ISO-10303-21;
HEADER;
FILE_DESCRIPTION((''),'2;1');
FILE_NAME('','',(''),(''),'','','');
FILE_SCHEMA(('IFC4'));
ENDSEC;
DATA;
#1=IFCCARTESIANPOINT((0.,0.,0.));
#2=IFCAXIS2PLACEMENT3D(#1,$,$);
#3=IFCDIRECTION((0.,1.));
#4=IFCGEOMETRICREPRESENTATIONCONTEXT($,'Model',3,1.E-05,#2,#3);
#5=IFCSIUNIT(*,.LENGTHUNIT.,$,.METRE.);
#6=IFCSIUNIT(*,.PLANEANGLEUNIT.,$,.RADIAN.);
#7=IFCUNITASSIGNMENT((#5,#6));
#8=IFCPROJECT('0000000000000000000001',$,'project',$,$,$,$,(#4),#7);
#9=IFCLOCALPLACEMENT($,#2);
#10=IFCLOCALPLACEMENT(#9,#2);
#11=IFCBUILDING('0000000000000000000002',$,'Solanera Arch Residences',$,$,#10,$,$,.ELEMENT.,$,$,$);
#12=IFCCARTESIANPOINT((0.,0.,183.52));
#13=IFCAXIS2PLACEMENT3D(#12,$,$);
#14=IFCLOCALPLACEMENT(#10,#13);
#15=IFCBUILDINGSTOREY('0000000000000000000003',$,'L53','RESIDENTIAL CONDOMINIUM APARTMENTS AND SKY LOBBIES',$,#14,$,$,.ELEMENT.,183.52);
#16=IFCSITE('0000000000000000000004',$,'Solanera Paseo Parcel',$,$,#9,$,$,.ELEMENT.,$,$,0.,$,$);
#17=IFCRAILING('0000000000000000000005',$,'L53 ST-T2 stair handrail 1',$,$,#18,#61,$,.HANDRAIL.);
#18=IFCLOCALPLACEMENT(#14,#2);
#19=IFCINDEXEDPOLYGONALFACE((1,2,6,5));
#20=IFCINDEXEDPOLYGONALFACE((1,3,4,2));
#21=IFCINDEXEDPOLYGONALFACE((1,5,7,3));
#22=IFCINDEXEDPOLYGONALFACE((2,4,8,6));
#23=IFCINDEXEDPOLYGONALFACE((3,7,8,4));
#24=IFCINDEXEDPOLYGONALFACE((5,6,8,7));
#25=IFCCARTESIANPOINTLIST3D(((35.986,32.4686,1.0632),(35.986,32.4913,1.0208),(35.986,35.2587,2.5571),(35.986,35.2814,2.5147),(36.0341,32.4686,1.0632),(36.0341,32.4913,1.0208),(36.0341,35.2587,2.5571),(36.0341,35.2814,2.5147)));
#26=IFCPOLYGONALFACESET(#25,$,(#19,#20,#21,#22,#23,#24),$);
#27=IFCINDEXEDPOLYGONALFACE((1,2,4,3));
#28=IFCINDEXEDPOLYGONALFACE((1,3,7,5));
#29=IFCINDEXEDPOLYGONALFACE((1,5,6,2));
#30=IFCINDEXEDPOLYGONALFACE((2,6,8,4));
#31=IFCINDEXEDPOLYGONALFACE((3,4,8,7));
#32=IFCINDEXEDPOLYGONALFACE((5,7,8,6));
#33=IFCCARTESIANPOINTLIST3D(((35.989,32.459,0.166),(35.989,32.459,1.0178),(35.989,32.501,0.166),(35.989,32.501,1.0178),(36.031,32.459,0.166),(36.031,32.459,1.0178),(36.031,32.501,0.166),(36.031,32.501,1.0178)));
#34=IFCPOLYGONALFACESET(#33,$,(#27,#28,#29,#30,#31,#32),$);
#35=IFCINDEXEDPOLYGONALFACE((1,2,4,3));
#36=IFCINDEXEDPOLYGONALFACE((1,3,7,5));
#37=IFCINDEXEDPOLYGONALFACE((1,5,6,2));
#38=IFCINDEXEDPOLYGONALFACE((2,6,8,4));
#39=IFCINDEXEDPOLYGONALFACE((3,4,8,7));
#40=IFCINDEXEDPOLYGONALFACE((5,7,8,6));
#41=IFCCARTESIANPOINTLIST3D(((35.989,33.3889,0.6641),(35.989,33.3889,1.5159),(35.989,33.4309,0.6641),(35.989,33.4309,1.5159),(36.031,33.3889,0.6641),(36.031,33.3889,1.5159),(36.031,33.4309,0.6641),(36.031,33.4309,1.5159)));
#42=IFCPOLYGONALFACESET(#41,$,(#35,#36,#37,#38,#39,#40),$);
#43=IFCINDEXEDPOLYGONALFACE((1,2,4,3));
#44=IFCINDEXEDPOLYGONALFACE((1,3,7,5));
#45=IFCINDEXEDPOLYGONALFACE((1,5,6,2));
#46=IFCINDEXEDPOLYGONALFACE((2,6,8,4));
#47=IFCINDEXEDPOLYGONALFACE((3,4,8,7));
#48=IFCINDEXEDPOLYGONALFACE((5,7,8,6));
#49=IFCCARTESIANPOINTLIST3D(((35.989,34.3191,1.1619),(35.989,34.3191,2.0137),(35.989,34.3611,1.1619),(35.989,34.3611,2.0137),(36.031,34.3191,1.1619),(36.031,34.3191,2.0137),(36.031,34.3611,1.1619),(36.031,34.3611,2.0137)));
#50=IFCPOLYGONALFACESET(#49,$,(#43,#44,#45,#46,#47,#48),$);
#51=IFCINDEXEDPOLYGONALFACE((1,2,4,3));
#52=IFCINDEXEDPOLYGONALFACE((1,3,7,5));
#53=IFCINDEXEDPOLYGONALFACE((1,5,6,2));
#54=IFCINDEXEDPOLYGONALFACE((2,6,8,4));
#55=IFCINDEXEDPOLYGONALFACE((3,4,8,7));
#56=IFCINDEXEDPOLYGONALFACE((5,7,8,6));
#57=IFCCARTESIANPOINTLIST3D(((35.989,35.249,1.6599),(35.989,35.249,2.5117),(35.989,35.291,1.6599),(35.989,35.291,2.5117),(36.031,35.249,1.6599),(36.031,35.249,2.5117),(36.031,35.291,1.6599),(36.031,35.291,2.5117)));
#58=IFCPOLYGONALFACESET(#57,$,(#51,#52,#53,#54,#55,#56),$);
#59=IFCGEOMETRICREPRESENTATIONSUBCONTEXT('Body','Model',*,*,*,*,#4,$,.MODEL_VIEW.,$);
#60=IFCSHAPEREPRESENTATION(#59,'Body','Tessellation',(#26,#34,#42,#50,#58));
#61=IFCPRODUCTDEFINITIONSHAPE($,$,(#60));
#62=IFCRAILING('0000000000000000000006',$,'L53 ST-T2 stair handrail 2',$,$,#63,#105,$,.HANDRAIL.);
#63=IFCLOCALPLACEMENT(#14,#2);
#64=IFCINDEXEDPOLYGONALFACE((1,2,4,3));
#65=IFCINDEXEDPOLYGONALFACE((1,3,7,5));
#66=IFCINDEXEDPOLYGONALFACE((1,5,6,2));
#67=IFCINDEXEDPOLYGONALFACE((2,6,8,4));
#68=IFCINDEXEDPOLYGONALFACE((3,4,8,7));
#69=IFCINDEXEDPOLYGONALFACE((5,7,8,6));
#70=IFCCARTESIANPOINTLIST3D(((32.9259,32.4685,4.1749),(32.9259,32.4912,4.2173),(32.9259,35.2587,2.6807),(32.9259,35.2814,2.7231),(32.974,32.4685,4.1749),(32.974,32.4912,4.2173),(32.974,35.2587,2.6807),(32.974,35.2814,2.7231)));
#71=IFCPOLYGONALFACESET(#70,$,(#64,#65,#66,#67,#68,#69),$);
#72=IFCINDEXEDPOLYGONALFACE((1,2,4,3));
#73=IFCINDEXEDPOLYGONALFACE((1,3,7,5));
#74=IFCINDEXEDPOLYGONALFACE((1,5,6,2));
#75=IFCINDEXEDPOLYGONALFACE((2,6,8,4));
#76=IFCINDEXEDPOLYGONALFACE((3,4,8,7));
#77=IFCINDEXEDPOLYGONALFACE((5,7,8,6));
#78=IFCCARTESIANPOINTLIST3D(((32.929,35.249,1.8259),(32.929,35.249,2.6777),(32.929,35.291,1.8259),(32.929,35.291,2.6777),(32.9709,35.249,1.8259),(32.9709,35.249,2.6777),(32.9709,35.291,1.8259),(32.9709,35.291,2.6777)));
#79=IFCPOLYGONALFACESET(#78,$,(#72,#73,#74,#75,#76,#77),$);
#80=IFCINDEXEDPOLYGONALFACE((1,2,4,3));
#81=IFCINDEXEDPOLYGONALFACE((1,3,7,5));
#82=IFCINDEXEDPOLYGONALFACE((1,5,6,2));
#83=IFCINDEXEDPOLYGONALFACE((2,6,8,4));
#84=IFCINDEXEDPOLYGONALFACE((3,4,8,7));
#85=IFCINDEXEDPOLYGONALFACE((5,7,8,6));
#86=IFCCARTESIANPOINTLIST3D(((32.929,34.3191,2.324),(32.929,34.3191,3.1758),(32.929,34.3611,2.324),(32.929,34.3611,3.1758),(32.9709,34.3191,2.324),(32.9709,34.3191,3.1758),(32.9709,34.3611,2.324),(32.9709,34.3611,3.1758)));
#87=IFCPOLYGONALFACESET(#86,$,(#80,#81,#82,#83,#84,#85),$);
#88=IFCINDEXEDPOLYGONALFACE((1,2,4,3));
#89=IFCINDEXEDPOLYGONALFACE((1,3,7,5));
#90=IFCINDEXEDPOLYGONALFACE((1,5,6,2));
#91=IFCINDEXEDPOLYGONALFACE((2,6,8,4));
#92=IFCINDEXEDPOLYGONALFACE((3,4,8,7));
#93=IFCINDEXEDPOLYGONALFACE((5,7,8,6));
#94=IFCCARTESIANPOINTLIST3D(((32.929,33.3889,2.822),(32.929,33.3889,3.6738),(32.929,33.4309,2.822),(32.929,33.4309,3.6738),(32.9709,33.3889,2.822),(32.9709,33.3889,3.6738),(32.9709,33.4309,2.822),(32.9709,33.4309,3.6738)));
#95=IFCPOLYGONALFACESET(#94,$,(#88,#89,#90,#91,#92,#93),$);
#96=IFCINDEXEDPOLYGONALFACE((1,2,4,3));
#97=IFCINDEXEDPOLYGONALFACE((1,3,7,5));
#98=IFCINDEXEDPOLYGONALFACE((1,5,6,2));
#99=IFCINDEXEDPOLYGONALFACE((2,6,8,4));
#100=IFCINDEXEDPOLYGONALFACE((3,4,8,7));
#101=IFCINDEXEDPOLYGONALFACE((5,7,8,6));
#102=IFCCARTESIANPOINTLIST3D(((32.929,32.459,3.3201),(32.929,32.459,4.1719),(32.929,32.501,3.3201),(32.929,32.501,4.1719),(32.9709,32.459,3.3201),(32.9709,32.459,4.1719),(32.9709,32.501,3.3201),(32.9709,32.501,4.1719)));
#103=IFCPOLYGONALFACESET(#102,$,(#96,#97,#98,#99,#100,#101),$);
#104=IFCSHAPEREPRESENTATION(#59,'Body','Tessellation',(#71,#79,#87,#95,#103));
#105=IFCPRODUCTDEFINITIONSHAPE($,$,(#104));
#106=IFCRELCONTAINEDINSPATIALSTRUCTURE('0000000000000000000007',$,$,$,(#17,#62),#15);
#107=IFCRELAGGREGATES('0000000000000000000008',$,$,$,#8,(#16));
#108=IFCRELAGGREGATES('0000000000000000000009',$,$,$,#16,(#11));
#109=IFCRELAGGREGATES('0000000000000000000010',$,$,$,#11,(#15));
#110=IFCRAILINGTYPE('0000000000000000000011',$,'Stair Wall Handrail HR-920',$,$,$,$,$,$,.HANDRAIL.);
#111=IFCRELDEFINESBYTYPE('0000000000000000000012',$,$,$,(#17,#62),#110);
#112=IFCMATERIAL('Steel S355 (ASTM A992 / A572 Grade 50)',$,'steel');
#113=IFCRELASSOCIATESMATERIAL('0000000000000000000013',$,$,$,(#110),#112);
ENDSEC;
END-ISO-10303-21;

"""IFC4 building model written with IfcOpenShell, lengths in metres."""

from ifc_helpers import new_model, si_unit, direction, frame, origin, origin_2d, place, context, subcontext, project, spatial, rectangle, extrude, material, type_object, element, save


model = new_model("IFC4")

# Units and contexts
model_context = context("Model", 3, precision=1e-05, world=origin(), true_north=direction((0.0, 1.0)))
body_context = subcontext(model_context, "Body", "Model", "MODEL_VIEW")
ifc_project = project(units=[si_unit("LENGTHUNIT", "METRE"), si_unit("PLANEANGLEUNIT", "RADIAN")], contexts=[model_context])

# Site, building, storey
site_placement = place(None, origin())
site = spatial("IfcSite", under=ifc_project, at=site_placement, Name="Solanera Paseo Parcel", CompositionType="ELEMENT", RefElevation=0.0)
building_placement = place(site_placement, origin())
building = spatial("IfcBuilding", under=site, at=building_placement, Name="Solanera Arch Residences", CompositionType="ELEMENT")
storey_placement = place(building_placement, frame((0.0, 0.0, 183.52)))
storey = spatial("IfcBuildingStorey", under=building, at=storey_placement, Name="L53", Description="RESIDENTIAL CONDOMINIUM APARTMENTS AND SKY LOBBIES", CompositionType="ELEMENT", Elevation=183.52)

# Railings
ifc_material_1 = material(Name="Steel S355 (ASTM A992 / A572 Grade 50)", Category="steel")
railing_type_1 = type_object("IfcRailingType", Name="Stair Wall Handrail HR-920", PredefinedType="HANDRAIL", material=ifc_material_1)
railing_1_placement = place(storey_placement, frame((36.01, 32.48, 0.166)))
element("IfcRailing", 1, at=railing_1_placement, inside=storey, type_object=railing_type_1, Name="L53 ST-T2 stair handrail 1", PredefinedType="HANDRAIL", context=body_context, shape_type="SweptSolid", body=[
    extrude(rectangle(XDim=0.0481, YDim=0.0481, at=origin_2d()), frame((0.0, 0.0, 0.876), z_axis=(0.0, 0.881581, 0.472033), x_axis=(-1.0, 0.0, 0.0)), (0.0, 0.0, 1.0), 3.1648),
    extrude(rectangle(XDim=0.042, YDim=0.042, at=origin_2d()), origin(), (0.0, 0.0, 1.0), 0.8518),
    extrude(rectangle(XDim=0.042, YDim=0.042, at=origin_2d()), frame((0.0, 0.9299, 0.498)), (0.0, 0.0, 1.0), 0.8518),
    extrude(rectangle(XDim=0.042, YDim=0.042, at=origin_2d()), frame((0.0, 1.8601, 0.9958)), (0.0, 0.0, 1.0), 0.8518),
    extrude(rectangle(XDim=0.042, YDim=0.042, at=origin_2d()), frame((0.0, 2.79, 1.4939)), (0.0, 0.0, 1.0), 0.8518),
])
railing_2_placement = place(storey_placement, frame((32.95, 35.27, 1.8259)))
element("IfcRailing", 2, at=railing_2_placement, inside=storey, type_object=railing_type_1, Name="L53 ST-T2 stair handrail 2", PredefinedType="HANDRAIL", context=body_context, shape_type="SweptSolid", body=[
    extrude(rectangle(XDim=0.0481, YDim=0.0481, at=origin_2d()), frame((0.0, 0.0, 0.876), z_axis=(0.0, -0.881549, 0.472093), x_axis=(1.0, 0.0, 0.0)), (0.0, 0.0, 1.0), 3.165),
    extrude(rectangle(XDim=0.042, YDim=0.042, at=origin_2d()), origin(), (0.0, 0.0, 1.0), 0.8518),
    extrude(rectangle(XDim=0.042, YDim=0.042, at=origin_2d()), frame((0.0, -0.9299, 0.498)), (0.0, 0.0, 1.0), 0.8518),
    extrude(rectangle(XDim=0.042, YDim=0.042, at=origin_2d()), frame((0.0, -1.8601, 0.9961)), (0.0, 0.0, 1.0), 0.8518),
    extrude(rectangle(XDim=0.042, YDim=0.042, at=origin_2d()), frame((0.0, -2.79, 1.4941)), (0.0, 0.0, 1.0), 0.8518),
])

save(model, "model.ifc")
